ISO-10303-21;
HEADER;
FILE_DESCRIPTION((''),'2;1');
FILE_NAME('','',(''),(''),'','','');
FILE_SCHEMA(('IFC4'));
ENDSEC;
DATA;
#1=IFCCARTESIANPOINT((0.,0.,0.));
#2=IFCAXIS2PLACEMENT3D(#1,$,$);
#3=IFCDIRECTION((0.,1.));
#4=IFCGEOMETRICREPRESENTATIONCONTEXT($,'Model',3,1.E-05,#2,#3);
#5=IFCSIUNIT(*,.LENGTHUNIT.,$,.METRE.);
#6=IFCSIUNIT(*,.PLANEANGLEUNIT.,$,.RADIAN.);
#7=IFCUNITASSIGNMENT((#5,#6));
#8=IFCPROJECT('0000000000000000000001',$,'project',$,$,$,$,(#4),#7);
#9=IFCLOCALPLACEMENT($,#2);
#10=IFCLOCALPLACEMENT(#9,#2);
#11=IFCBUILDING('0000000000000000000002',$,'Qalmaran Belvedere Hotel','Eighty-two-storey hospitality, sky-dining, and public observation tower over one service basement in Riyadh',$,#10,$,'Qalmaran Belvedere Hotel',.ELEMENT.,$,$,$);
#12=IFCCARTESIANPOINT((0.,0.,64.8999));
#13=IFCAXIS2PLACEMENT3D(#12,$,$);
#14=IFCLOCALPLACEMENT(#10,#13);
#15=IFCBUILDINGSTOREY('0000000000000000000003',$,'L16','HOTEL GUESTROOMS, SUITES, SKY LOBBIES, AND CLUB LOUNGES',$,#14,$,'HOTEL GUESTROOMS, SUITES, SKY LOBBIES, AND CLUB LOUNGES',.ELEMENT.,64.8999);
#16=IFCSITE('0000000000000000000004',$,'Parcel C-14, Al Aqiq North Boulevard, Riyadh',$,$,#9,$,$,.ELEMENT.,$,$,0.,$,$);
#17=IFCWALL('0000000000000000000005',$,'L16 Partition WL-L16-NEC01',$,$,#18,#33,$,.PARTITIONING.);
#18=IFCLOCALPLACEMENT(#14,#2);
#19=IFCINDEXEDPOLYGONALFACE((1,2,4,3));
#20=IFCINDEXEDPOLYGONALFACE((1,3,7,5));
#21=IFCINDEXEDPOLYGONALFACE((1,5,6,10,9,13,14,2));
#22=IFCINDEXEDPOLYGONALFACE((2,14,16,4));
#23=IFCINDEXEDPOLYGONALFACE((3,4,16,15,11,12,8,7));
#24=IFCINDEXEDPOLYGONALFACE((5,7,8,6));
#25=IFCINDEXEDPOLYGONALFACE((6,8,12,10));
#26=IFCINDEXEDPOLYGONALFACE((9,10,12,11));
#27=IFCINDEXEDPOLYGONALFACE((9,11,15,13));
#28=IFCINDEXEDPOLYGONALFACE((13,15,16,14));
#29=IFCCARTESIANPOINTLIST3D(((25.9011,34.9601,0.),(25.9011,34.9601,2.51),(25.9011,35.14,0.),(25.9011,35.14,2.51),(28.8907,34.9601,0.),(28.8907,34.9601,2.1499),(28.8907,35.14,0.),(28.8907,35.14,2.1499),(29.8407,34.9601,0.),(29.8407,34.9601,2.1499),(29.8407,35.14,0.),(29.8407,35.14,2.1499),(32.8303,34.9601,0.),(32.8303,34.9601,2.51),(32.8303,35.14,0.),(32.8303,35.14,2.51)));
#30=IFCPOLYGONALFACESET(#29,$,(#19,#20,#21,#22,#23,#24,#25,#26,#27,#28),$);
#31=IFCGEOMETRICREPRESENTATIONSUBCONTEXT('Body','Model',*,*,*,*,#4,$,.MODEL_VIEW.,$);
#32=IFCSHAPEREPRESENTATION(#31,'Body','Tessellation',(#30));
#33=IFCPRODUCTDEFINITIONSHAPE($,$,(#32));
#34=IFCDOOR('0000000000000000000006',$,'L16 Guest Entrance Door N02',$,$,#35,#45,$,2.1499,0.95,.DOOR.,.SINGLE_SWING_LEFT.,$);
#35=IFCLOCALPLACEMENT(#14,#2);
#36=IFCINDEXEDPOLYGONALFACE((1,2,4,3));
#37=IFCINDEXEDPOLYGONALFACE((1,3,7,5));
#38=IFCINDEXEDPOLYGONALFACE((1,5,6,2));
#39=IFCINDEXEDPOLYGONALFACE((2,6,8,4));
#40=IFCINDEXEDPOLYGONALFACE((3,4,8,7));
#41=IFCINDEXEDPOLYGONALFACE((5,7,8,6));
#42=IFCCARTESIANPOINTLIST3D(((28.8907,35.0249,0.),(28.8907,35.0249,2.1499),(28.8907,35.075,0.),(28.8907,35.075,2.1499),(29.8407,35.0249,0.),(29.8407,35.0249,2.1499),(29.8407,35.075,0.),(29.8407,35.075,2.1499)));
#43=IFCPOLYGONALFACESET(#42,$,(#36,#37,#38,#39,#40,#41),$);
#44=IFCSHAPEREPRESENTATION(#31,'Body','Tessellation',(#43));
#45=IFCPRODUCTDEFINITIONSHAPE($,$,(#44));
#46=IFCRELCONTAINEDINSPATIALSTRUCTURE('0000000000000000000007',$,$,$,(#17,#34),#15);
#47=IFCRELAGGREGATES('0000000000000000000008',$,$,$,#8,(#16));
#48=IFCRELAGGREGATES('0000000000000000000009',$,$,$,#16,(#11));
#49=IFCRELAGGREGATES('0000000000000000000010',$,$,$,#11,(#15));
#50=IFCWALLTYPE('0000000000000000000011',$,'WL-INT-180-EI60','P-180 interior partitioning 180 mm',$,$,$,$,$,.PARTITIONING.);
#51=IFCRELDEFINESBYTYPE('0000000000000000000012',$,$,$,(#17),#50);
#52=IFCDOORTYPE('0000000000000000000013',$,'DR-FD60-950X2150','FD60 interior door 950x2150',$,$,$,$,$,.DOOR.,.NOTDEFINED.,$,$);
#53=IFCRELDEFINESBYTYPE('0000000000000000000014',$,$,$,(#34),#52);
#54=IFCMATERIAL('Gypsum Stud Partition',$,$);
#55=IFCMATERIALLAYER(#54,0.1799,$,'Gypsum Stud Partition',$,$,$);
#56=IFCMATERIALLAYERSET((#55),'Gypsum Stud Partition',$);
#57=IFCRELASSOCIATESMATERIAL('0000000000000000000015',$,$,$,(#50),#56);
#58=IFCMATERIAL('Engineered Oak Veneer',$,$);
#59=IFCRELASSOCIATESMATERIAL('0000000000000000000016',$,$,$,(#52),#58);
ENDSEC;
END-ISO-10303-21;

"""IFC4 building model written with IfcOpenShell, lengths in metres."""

from ifc_helpers import new_model, si_unit, direction, frame, frame_2d, origin, place, context, subcontext, project, spatial, rectangle, extrude, material, layer, layer_set, type_object, element, fill, save


model = new_model("IFC4")

# Units and contexts
model_context = context("Model", 3, precision=1e-05, world=origin(), true_north=direction((0.0, 1.0)))
body_context = subcontext(model_context, "Body", "Model", "MODEL_VIEW")
ifc_project = project(units=[si_unit("LENGTHUNIT", "METRE"), si_unit("PLANEANGLEUNIT", "RADIAN")], contexts=[model_context])

# Site, building, storey
site_placement = place(None, origin())
site = spatial("IfcSite", under=ifc_project, at=site_placement, Name="Parcel C-14, Al Aqiq North Boulevard, Riyadh", CompositionType="ELEMENT", RefElevation=0.0)
building_placement = place(site_placement, origin())
building = spatial("IfcBuilding", under=site, at=building_placement, Name="Qalmaran Belvedere Hotel", Description="Eighty-two-storey hospitality, sky-dining, and public observation tower over one service basement in Riyadh", LongName="Qalmaran Belvedere Hotel", CompositionType="ELEMENT")
storey_placement = place(building_placement, frame((0.0, 0.0, 64.8999)))
storey = spatial("IfcBuildingStorey", under=building, at=storey_placement, Name="L16", Description="HOTEL GUESTROOMS, SUITES, SKY LOBBIES, AND CLUB LOUNGES", LongName="HOTEL GUESTROOMS, SUITES, SKY LOBBIES, AND CLUB LOUNGES", CompositionType="ELEMENT", Elevation=64.8999)

# Shared definitions
ifc_material_1 = material(Name="Engineered Oak Veneer")

# Shared definitions
ifc_material_2 = material(Name="Gypsum Stud Partition")

# Shared definitions
ifc_layer_1 = layer(ifc_material_2, 0.1799, Name="Gypsum Stud Partition")
ifc_layer_set_1 = layer_set([ifc_layer_1], Name="Gypsum Stud Partition")
wall_type_1 = type_object("IfcWallType", Name="WL-INT-180-EI60", Description="P-180 interior partitioning 180 mm", PredefinedType="PARTITIONING", material=ifc_layer_set_1)
door_type_1 = type_object("IfcDoorType", Name="DR-FD60-950X2150", Description="FD60 interior door 950x2150", OperationType="NOTDEFINED", PredefinedType="DOOR", material=ifc_material_1)

# Wall, opening, door
wall_1_placement = place(storey_placement, frame((25.9011, 35.05, 0.0), z_axis=(0.0, 0.0, 1.0), x_axis=(1.0, 0.0, 0.0)))
wall_1 = element("IfcWall", 1, at=wall_1_placement, inside=storey, type_object=wall_type_1, Name="L16 Partition WL-L16-NEC01", PredefinedType="PARTITIONING", context=body_context, shape_type="SweptSolid", body=[
    extrude(rectangle(XDim=6.9292, YDim=0.1799, at=frame_2d((3.4646, 0.0))), origin(), (0.0, 0.0, 1.0), 2.51),
])
opening_1_placement = place(wall_1_placement, frame((2.9895, 0.0, 0.0)))
opening_1 = element("IfcOpeningElement", 2, at=opening_1_placement, cuts=wall_1, PredefinedType="OPENING", context=body_context, shape_type="SweptSolid", body=[
    extrude(rectangle(XDim=0.95, YDim=2.1499, at=frame_2d((0.4751, 1.075))), frame((0.0, 0.1001, 0.0), z_axis=(0.0, -1.0, 0.0), x_axis=(1.0, 0.0, 0.0)), (0.0, 0.0, 1.0), 0.2),
])
door_1_placement = place(opening_1_placement, origin())
door_1 = element("IfcDoor", 3, at=door_1_placement, inside=storey, type_object=door_type_1, Name="L16 Guest Entrance Door N02", OperationType="SINGLE_SWING_LEFT", OverallHeight=2.1499, OverallWidth=0.95, PredefinedType="DOOR", context=body_context, shape_type="SweptSolid", body=[
    extrude(rectangle(XDim=0.95, YDim=2.1499, at=frame_2d((0.4751, 1.075))), frame((0.0, 0.0249, 0.0), z_axis=(0.0, -1.0, 0.0), x_axis=(1.0, 0.0, 0.0)), (0.0, 0.0, 1.0), 0.05),
])
fill(opening_1, door_1)

save(model, "model.ifc")
